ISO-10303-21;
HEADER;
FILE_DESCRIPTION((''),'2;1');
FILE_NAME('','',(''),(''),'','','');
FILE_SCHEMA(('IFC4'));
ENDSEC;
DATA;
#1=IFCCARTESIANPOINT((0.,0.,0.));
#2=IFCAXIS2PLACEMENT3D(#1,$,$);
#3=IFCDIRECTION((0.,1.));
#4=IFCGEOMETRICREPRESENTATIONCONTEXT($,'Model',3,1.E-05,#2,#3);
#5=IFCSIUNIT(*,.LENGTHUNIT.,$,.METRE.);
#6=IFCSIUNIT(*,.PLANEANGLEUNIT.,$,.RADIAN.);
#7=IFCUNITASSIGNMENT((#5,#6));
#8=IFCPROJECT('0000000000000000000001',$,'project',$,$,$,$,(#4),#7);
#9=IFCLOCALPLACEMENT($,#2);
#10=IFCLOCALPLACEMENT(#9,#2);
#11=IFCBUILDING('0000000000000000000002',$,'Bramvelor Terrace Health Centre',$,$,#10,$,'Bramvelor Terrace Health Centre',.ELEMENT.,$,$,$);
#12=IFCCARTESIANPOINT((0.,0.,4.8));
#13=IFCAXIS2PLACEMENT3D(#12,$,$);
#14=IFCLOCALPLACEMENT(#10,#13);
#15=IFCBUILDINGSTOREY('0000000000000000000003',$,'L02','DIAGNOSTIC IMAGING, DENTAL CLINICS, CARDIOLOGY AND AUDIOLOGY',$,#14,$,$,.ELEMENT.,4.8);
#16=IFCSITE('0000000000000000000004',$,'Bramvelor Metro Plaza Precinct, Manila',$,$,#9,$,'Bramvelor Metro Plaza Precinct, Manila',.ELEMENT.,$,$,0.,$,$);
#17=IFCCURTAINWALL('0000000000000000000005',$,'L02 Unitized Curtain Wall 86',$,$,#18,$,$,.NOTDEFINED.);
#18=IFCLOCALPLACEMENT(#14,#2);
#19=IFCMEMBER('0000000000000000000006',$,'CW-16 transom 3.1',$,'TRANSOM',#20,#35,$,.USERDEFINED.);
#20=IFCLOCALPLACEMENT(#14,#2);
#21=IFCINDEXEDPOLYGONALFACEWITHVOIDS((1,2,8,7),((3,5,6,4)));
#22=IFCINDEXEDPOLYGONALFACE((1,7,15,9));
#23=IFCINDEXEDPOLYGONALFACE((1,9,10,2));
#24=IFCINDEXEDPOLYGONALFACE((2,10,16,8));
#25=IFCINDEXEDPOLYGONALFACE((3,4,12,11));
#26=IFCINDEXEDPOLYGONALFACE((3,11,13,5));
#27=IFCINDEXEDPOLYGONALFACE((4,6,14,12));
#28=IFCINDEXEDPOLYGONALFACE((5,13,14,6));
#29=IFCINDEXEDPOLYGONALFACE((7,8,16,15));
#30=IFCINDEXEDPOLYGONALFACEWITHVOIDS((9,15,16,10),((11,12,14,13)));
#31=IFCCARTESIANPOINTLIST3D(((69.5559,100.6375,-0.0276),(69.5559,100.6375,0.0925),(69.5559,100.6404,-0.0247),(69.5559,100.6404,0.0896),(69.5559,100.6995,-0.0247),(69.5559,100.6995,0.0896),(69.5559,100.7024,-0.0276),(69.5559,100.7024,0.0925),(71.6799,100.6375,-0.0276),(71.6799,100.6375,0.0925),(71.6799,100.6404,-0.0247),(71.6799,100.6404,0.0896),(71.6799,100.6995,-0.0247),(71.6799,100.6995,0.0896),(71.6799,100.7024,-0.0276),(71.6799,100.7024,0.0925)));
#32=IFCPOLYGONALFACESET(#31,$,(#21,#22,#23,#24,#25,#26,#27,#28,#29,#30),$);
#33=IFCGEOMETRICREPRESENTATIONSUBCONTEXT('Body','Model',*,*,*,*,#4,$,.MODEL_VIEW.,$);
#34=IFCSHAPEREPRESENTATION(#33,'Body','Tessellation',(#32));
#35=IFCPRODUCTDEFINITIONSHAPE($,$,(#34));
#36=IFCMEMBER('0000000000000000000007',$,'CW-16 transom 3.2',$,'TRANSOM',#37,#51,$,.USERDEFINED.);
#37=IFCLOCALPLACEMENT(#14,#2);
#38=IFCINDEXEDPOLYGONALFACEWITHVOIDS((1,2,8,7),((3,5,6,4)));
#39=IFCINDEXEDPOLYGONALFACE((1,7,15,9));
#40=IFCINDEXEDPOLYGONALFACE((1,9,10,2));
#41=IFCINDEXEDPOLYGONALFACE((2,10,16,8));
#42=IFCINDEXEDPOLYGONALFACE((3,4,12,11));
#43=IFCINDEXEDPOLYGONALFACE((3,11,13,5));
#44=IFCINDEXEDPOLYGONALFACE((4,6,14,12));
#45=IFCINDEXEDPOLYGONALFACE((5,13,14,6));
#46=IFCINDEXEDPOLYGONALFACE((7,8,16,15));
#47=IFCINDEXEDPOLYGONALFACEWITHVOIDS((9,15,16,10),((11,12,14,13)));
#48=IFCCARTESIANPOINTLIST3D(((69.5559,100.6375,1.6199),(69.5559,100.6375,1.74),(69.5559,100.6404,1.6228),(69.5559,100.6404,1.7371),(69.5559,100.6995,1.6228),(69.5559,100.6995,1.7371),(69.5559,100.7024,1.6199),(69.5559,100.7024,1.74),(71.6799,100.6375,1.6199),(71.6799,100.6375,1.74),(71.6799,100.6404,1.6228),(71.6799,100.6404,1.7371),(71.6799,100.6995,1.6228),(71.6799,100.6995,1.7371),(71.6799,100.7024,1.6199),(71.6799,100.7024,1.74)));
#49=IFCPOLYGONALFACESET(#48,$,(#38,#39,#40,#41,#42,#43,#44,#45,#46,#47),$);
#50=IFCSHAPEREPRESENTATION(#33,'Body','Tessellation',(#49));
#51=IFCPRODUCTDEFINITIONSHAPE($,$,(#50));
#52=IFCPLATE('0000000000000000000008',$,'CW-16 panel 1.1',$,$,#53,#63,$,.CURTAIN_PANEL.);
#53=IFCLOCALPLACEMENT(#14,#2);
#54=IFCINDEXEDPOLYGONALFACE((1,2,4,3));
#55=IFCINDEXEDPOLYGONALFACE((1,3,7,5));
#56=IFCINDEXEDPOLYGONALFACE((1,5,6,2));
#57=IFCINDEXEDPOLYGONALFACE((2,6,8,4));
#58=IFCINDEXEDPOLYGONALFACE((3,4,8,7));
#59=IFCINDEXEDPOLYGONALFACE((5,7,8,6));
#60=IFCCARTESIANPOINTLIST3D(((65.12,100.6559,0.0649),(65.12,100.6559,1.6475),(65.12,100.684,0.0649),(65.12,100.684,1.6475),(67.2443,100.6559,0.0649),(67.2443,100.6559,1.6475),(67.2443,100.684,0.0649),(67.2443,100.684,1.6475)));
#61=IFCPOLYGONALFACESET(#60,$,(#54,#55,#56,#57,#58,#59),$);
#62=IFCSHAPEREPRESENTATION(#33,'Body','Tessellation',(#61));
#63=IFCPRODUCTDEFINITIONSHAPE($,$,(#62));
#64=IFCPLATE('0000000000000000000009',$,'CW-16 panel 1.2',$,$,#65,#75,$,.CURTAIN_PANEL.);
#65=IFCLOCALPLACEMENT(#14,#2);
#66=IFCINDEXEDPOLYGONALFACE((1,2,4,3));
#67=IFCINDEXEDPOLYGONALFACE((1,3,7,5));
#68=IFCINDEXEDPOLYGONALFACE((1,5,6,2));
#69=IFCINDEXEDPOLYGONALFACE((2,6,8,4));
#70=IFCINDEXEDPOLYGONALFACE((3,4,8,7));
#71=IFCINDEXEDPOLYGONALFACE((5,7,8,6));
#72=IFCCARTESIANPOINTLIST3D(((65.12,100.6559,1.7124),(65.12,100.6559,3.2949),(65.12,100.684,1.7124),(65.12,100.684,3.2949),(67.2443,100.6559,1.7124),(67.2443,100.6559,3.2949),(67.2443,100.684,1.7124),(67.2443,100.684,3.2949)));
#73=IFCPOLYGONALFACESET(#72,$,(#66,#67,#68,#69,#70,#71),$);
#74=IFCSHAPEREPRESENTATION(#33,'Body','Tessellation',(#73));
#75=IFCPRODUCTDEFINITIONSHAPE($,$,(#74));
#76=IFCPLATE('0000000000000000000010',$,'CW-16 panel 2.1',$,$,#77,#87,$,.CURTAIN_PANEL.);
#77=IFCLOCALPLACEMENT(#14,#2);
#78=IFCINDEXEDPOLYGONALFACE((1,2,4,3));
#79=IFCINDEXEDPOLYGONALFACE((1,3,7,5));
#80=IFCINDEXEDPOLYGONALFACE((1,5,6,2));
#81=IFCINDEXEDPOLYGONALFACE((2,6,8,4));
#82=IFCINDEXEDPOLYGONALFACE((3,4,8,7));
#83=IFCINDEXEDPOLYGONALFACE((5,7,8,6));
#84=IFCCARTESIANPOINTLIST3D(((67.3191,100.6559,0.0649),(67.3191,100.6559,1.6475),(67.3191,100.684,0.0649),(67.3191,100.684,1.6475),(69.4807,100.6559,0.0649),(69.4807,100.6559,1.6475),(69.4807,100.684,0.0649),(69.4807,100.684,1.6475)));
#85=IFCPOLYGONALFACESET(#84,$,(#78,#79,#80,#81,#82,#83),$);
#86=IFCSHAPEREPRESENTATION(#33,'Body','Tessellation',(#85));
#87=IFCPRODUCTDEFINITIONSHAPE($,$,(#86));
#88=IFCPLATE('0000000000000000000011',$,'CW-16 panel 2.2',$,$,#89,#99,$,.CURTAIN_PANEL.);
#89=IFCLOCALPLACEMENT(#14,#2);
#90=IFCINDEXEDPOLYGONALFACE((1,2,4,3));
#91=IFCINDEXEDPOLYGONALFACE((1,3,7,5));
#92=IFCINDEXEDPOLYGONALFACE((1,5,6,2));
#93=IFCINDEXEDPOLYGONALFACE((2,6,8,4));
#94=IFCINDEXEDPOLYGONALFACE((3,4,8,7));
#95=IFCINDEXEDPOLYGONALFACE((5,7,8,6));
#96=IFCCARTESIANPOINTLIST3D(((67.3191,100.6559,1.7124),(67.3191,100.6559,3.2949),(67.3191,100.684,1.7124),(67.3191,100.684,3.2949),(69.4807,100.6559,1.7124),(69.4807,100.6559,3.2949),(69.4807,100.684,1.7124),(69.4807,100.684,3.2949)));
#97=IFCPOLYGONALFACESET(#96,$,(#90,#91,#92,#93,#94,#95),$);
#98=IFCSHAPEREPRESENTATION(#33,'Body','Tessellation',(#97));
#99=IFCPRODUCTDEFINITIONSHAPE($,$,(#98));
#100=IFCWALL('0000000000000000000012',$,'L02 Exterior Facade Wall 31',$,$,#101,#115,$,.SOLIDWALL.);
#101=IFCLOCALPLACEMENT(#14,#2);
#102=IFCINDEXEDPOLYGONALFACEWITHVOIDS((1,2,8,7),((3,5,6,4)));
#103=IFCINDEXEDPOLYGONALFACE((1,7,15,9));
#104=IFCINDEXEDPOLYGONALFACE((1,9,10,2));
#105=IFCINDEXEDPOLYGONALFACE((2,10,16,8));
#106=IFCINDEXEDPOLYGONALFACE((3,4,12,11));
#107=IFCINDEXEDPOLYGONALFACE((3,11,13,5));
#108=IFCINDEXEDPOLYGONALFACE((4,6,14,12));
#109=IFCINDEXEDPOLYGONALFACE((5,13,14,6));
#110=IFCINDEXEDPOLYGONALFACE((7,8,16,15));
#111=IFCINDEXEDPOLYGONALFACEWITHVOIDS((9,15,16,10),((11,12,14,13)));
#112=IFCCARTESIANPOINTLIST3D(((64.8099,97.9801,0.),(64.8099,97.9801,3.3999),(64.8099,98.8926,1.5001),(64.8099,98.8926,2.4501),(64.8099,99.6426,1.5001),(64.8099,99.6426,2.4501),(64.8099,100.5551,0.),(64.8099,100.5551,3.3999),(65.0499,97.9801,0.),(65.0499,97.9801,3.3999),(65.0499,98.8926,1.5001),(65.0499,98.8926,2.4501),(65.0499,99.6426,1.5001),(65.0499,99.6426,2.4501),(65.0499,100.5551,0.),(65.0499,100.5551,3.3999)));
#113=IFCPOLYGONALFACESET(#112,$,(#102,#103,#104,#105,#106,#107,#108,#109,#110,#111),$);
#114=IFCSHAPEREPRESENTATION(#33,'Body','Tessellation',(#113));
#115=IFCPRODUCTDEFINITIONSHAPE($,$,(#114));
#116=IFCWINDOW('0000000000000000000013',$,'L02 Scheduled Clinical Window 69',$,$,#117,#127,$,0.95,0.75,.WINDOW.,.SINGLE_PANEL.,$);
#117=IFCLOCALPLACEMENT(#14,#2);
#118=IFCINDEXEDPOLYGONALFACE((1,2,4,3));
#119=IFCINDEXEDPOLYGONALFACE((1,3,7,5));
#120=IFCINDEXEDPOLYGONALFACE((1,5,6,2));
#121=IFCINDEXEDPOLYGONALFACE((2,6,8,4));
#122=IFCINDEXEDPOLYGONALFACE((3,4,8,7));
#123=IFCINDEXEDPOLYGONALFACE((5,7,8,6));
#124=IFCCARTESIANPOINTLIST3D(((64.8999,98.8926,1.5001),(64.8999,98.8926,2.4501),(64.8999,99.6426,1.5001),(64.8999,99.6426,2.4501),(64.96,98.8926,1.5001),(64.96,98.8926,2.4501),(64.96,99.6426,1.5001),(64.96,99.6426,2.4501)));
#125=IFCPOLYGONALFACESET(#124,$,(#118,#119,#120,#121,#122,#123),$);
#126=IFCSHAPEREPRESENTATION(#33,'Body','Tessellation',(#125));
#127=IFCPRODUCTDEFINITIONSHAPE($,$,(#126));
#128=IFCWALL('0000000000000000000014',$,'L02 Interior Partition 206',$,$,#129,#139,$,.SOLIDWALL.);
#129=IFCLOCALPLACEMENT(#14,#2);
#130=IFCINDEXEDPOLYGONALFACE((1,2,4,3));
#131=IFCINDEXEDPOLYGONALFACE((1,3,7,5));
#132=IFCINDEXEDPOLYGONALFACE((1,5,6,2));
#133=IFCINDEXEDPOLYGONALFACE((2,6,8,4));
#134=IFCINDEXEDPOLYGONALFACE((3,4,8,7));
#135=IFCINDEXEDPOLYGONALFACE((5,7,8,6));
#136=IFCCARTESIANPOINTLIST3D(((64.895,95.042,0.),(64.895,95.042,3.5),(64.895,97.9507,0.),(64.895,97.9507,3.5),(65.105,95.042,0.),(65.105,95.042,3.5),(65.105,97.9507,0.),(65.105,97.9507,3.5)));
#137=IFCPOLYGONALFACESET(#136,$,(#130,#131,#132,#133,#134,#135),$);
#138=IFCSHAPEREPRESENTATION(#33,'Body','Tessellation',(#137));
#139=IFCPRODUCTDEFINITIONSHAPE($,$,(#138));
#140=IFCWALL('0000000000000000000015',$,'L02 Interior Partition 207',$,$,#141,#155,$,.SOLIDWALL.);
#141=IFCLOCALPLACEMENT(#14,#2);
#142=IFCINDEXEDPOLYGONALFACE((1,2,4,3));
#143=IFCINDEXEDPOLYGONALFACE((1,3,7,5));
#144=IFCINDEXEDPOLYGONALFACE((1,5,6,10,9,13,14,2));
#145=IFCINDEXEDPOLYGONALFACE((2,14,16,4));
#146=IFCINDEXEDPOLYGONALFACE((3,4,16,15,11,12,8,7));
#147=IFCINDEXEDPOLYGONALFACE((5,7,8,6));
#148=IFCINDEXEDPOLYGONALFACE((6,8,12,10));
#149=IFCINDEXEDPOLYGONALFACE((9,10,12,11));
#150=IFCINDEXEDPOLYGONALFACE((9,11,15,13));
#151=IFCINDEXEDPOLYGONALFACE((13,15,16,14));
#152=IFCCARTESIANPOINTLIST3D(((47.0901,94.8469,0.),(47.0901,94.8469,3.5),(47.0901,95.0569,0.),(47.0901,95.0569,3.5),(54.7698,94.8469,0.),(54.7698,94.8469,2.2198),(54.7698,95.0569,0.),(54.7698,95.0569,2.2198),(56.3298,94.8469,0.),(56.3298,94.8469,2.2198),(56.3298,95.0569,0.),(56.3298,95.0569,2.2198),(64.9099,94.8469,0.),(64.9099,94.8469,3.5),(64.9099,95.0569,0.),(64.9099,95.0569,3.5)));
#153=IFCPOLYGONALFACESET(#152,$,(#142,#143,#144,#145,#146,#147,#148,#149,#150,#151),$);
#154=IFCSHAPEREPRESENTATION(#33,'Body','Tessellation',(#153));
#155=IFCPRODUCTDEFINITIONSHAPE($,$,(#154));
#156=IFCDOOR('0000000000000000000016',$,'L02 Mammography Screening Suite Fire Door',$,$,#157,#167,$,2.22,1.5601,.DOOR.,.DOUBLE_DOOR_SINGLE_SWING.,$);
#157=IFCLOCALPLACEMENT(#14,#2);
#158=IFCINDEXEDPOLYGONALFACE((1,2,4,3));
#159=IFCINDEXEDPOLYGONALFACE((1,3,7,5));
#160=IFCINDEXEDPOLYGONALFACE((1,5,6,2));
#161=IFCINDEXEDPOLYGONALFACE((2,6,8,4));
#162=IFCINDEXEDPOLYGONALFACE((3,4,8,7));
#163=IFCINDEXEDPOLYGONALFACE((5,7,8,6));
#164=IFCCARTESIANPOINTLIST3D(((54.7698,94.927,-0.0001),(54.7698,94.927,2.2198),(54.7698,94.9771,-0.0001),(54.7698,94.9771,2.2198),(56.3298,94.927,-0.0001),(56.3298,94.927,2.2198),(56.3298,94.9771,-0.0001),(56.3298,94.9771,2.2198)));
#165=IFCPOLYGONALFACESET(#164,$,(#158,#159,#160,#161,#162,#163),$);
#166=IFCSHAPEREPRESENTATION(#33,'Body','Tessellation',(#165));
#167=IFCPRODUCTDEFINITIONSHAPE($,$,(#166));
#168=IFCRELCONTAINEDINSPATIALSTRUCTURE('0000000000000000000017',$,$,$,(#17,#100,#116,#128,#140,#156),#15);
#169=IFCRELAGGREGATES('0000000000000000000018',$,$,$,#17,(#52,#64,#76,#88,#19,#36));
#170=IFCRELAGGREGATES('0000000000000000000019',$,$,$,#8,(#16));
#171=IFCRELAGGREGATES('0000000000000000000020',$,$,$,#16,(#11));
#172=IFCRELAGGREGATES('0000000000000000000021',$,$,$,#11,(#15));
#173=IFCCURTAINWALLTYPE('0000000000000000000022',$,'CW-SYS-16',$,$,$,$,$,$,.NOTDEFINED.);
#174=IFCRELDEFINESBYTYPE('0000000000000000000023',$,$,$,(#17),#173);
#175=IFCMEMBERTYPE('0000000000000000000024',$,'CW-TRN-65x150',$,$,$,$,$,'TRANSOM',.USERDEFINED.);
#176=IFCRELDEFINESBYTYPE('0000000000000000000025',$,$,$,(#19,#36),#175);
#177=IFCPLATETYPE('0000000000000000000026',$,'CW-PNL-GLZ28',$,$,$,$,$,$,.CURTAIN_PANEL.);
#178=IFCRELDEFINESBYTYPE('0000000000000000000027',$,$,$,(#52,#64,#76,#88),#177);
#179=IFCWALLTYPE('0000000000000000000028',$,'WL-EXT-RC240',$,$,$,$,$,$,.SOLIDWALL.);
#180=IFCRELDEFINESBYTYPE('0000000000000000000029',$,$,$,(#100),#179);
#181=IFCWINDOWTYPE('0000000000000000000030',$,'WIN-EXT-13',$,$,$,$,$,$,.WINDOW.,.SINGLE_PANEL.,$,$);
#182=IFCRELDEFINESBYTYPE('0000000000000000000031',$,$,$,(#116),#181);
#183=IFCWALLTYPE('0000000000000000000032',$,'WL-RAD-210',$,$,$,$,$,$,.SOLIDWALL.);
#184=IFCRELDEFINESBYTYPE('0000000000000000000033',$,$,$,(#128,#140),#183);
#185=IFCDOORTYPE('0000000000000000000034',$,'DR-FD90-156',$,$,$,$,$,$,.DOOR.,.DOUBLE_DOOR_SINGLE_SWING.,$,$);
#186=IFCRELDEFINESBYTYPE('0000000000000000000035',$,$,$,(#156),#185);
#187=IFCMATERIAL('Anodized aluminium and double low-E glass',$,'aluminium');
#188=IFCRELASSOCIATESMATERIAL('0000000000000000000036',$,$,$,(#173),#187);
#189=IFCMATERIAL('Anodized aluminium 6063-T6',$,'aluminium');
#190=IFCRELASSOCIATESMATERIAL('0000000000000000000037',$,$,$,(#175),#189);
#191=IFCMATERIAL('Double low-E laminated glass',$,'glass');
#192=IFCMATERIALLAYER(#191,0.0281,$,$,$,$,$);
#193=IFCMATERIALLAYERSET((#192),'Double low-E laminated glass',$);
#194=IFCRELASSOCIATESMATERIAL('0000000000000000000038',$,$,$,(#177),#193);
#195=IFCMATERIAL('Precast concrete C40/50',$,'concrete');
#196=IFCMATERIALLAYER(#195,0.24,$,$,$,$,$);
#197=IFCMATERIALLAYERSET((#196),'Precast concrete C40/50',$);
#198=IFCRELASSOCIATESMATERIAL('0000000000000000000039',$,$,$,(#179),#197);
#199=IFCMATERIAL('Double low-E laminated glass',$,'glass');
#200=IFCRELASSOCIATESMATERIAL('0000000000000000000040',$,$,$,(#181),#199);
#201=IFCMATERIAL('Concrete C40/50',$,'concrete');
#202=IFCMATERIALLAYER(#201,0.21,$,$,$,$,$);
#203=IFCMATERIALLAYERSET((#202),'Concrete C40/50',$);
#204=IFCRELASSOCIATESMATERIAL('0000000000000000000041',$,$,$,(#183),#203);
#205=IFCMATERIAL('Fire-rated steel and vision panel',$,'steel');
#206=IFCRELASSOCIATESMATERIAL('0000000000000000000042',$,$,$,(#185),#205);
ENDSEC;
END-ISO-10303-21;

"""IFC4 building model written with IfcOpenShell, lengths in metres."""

from ifc_helpers import new_model, si_unit, direction, frame, frame_2d, origin, origin_2d, place, context, subcontext, project, spatial, rectangle, hollow_rectangle, extrude, material, layer, layer_set, material_profile, profile_set, type_object, element, fill, aggregate, save


model = new_model("IFC4")

# Units and contexts
model_context = context("Model", 3, precision=1e-05, world=origin(), true_north=direction((0.0, 1.0)))
body_context = subcontext(model_context, "Body", "Model", "MODEL_VIEW")
ifc_project = project(units=[si_unit("LENGTHUNIT", "METRE"), si_unit("PLANEANGLEUNIT", "RADIAN")], contexts=[model_context])

# Site, building, storey
site_placement = place(None, origin())
site = spatial("IfcSite", under=ifc_project, at=site_placement, Name="Bramvelor Metro Plaza Precinct, Manila", LongName="Bramvelor Metro Plaza Precinct, Manila", CompositionType="ELEMENT", RefElevation=0.0)
building_placement = place(site_placement, origin())
building = spatial("IfcBuilding", under=site, at=building_placement, Name="Bramvelor Terrace Health Centre", LongName="Bramvelor Terrace Health Centre", CompositionType="ELEMENT")
storey_placement = place(building_placement, frame((0.0, 0.0, 4.8)))
storey = spatial("IfcBuildingStorey", under=building, at=storey_placement, Name="L02", Description="DIAGNOSTIC IMAGING, DENTAL CLINICS, CARDIOLOGY AND AUDIOLOGY", CompositionType="ELEMENT", Elevation=4.8)

# Curtain wall, members, plates
ifc_material_1 = material(Name="Anodized aluminium and double low-E glass", Category="aluminium")
curtain_wall_type = type_object("IfcCurtainWallType", Name="CW-SYS-16", PredefinedType="NOTDEFINED", material=ifc_material_1)
curtain_wall_placement = place(storey_placement, origin())
curtain_wall = element("IfcCurtainWall", 1, at=curtain_wall_placement, inside=storey, type_object=curtain_wall_type, Name="L02 Unitized Curtain Wall 86", PredefinedType="NOTDEFINED")
ifc_material_2 = material(Name="Anodized aluminium 6063-T6", Category="aluminium")
ifc_material_profile_1 = material_profile(ifc_material_2, hollow_rectangle(XDim=0.0649, YDim=0.1201, WallThickness=0.0029, at=origin_2d()), Name="ALU-TRN 65x120x3.0")
ifc_profile_set_1 = profile_set([ifc_material_profile_1], Name="Anodized aluminium 6063-T6")
member_type_1 = type_object("IfcMemberType", Name="CW-TRN-65x150", ElementType="TRANSOM", PredefinedType="USERDEFINED", material=ifc_profile_set_1)
member_1_placement = place(storey_placement, frame((69.5559, 100.6699, 0.0325), z_axis=(1.0, 0.0, 0.0), x_axis=(0.0, 1.0, 0.0)))
member_1 = element("IfcMember", 2, at=member_1_placement, type_object=member_type_1, Name="CW-16 transom 3.1", ObjectType="TRANSOM", PredefinedType="USERDEFINED", context=body_context, shape_type="SweptSolid", body=[
    extrude(hollow_rectangle(XDim=0.0649, YDim=0.1201, WallThickness=0.0029, at=origin_2d()), origin(), (0.0, 0.0, 1.0), 2.124),
])
member_2_placement = place(storey_placement, frame((69.5559, 100.6699, 1.6799), z_axis=(1.0, 0.0, 0.0), x_axis=(0.0, 1.0, 0.0)))
member_2 = element("IfcMember", 3, at=member_2_placement, type_object=member_type_1, Name="CW-16 transom 3.2", ObjectType="TRANSOM", PredefinedType="USERDEFINED", context=body_context, shape_type="SweptSolid", body=[
    extrude(hollow_rectangle(XDim=0.0649, YDim=0.1201, WallThickness=0.0029, at=origin_2d()), origin(), (0.0, 0.0, 1.0), 2.124),
])
ifc_material_3 = material(Name="Double low-E laminated glass", Category="glass")
ifc_layer_1 = layer(ifc_material_3, 0.0281)
ifc_layer_set_1 = layer_set([ifc_layer_1], Name="Double low-E laminated glass")
plate_type = type_object("IfcPlateType", Name="CW-PNL-GLZ28", PredefinedType="CURTAIN_PANEL", material=ifc_layer_set_1)
plate_1_placement = place(storey_placement, frame((66.1821, 100.6699, 0.0649), z_axis=(0.0, 0.0, 1.0), x_axis=(1.0, 0.0, 0.0)))
plate_1 = element("IfcPlate", 4, at=plate_1_placement, type_object=plate_type, Name="CW-16 panel 1.1", PredefinedType="CURTAIN_PANEL", context=body_context, shape_type="SweptSolid", body=[
    extrude(rectangle(XDim=2.1243, YDim=0.0281, at=origin_2d()), origin(), (0.0, 0.0, 1.0), 1.5825),
])
plate_2_placement = place(storey_placement, frame((66.1821, 100.6699, 1.7124), z_axis=(0.0, 0.0, 1.0), x_axis=(1.0, 0.0, 0.0)))
plate_2 = element("IfcPlate", 5, at=plate_2_placement, type_object=plate_type, Name="CW-16 panel 1.2", PredefinedType="CURTAIN_PANEL", context=body_context, shape_type="SweptSolid", body=[
    extrude(rectangle(XDim=2.1243, YDim=0.0281, at=origin_2d()), origin(), (0.0, 0.0, 1.0), 1.5825),
])
plate_3_placement = place(storey_placement, frame((68.3999, 100.6699, 0.0649), z_axis=(0.0, 0.0, 1.0), x_axis=(1.0, 0.0, 0.0)))
plate_3 = element("IfcPlate", 6, at=plate_3_placement, type_object=plate_type, Name="CW-16 panel 2.1", PredefinedType="CURTAIN_PANEL", context=body_context, shape_type="SweptSolid", body=[
    extrude(rectangle(XDim=2.1616, YDim=0.0281, at=origin_2d()), origin(), (0.0, 0.0, 1.0), 1.5825),
])
plate_4_placement = place(storey_placement, frame((68.3999, 100.6699, 1.7124), z_axis=(0.0, 0.0, 1.0), x_axis=(1.0, 0.0, 0.0)))
plate_4 = element("IfcPlate", 7, at=plate_4_placement, type_object=plate_type, Name="CW-16 panel 2.2", PredefinedType="CURTAIN_PANEL", context=body_context, shape_type="SweptSolid", body=[
    extrude(rectangle(XDim=2.1616, YDim=0.0281, at=origin_2d()), origin(), (0.0, 0.0, 1.0), 1.5825),
])
aggregate(curtain_wall, [plate_1, plate_2, plate_3, plate_4, member_1, member_2])

# Wall, opening, window
ifc_material_4 = material(Name="Precast concrete C40/50", Category="concrete")
ifc_layer_2 = layer(ifc_material_4, 0.24)
ifc_layer_set_2 = layer_set([ifc_layer_2], Name="Precast concrete C40/50")
wall_type_1 = type_object("IfcWallType", Name="WL-EXT-RC240", PredefinedType="SOLIDWALL", material=ifc_layer_set_2)
wall_1_placement = place(storey_placement, frame((64.9299, 97.98, 0.0), z_axis=(0.0, 0.0, 1.0), x_axis=(0.0, 1.0, 0.0)))
wall_1 = element("IfcWall", 8, at=wall_1_placement, inside=storey, type_object=wall_type_1, Name="L02 Exterior Facade Wall 31", PredefinedType="SOLIDWALL", context=body_context, shape_type="SweptSolid", body=[
    extrude(rectangle(XDim=2.575, YDim=0.24, at=frame_2d((1.2876, 0.0))), origin(), (0.0, 0.0, 1.0), 3.3999),
])
opening_1_placement = place(wall_1_placement, frame((0.9126, 0.0, 1.5)))
opening_1 = element("IfcOpeningElement", 9, at=opening_1_placement, cuts=wall_1, PredefinedType="OPENING", context=body_context, shape_type="SweptSolid", body=[
    extrude(rectangle(XDim=0.75, YDim=0.95, at=frame_2d((0.375, 0.4751))), frame((0.0, 0.1299, 0.0), z_axis=(0.0, -1.0, 0.0), x_axis=(1.0, 0.0, 0.0)), (0.0, 0.0, 1.0), 0.26),
])
ifc_material_5 = material(Name="Double low-E laminated glass", Category="glass")
window_type = type_object("IfcWindowType", Name="WIN-EXT-13", PartitioningType="SINGLE_PANEL", PredefinedType="WINDOW", material=ifc_material_5)
window_placement = place(opening_1_placement, origin())
window = element("IfcWindow", 10, at=window_placement, inside=storey, type_object=window_type, Name="L02 Scheduled Clinical Window 69", OverallHeight=0.95, OverallWidth=0.75, PartitioningType="SINGLE_PANEL", PredefinedType="WINDOW", context=body_context, shape_type="SweptSolid", body=[
    extrude(rectangle(XDim=0.75, YDim=0.95, at=frame_2d((0.375, 0.4751))), frame((0.0, 0.03, 0.0), z_axis=(0.0, -1.0, 0.0), x_axis=(1.0, 0.0, 0.0)), (0.0, 0.0, 1.0), 0.0601),
])
fill(opening_1, window)

# Wall
ifc_material_6 = material(Name="Concrete C40/50", Category="concrete")
ifc_layer_3 = layer(ifc_material_6, 0.21)
ifc_layer_set_3 = layer_set([ifc_layer_3], Name="Concrete C40/50")
wall_type_2 = type_object("IfcWallType", Name="WL-RAD-210", PredefinedType="SOLIDWALL", material=ifc_layer_set_3)
wall_2_placement = place(storey_placement, frame((65.0, 97.9507, 0.0), z_axis=(0.0, 0.0, 1.0), x_axis=(0.0, -1.0, 0.0)))
element("IfcWall", 11, at=wall_2_placement, inside=storey, type_object=wall_type_2, Name="L02 Interior Partition 206", PredefinedType="SOLIDWALL", context=body_context, shape_type="SweptSolid", body=[
    extrude(rectangle(XDim=2.9087, YDim=0.21, at=frame_2d((1.4543, 0.0))), origin(), (0.0, 0.0, 1.0), 3.5),
])

# Wall, opening, door
wall_3_placement = place(storey_placement, frame((64.9099, 94.9519, 0.0), z_axis=(0.0, 0.0, 1.0), x_axis=(-1.0, 0.0, 0.0)))
wall_3 = element("IfcWall", 12, at=wall_3_placement, inside=storey, type_object=wall_type_2, Name="L02 Interior Partition 207", PredefinedType="SOLIDWALL", context=body_context, shape_type="SweptSolid", body=[
    extrude(rectangle(XDim=17.8198, YDim=0.21, at=frame_2d((8.9099, 0.0))), origin(), (0.0, 0.0, 1.0), 3.5),
])
opening_2_placement = place(wall_3_placement, frame((8.5801, 0.0, 0.0)))
opening_2 = element("IfcOpeningElement", 13, at=opening_2_placement, cuts=wall_3, PredefinedType="OPENING", context=body_context, shape_type="SweptSolid", body=[
    extrude(rectangle(XDim=1.5601, YDim=2.22, at=frame_2d((0.78, 1.1099))), frame((0.0, 0.115, 0.0), z_axis=(0.0, -1.0, 0.0), x_axis=(1.0, 0.0, 0.0)), (0.0, 0.0, 1.0), 0.23),
])
ifc_material_7 = material(Name="Fire-rated steel and vision panel", Category="steel")
door_type = type_object("IfcDoorType", Name="DR-FD90-156", OperationType="DOUBLE_DOOR_SINGLE_SWING", PredefinedType="DOOR", material=ifc_material_7)
door_placement = place(opening_2_placement, origin())
door = element("IfcDoor", 14, at=door_placement, inside=storey, type_object=door_type, Name="L02 Mammography Screening Suite Fire Door", OperationType="DOUBLE_DOOR_SINGLE_SWING", OverallHeight=2.22, OverallWidth=1.5601, PredefinedType="DOOR", context=body_context, shape_type="SweptSolid", body=[
    extrude(rectangle(XDim=1.5601, YDim=2.22, at=frame_2d((0.78, 1.1099))), frame((0.0, 0.0249, 0.0), z_axis=(0.0, -1.0, 0.0), x_axis=(1.0, 0.0, 0.0)), (0.0, 0.0, 1.0), 0.05),
])
fill(opening_2, door)

save(model, "model.ifc")
